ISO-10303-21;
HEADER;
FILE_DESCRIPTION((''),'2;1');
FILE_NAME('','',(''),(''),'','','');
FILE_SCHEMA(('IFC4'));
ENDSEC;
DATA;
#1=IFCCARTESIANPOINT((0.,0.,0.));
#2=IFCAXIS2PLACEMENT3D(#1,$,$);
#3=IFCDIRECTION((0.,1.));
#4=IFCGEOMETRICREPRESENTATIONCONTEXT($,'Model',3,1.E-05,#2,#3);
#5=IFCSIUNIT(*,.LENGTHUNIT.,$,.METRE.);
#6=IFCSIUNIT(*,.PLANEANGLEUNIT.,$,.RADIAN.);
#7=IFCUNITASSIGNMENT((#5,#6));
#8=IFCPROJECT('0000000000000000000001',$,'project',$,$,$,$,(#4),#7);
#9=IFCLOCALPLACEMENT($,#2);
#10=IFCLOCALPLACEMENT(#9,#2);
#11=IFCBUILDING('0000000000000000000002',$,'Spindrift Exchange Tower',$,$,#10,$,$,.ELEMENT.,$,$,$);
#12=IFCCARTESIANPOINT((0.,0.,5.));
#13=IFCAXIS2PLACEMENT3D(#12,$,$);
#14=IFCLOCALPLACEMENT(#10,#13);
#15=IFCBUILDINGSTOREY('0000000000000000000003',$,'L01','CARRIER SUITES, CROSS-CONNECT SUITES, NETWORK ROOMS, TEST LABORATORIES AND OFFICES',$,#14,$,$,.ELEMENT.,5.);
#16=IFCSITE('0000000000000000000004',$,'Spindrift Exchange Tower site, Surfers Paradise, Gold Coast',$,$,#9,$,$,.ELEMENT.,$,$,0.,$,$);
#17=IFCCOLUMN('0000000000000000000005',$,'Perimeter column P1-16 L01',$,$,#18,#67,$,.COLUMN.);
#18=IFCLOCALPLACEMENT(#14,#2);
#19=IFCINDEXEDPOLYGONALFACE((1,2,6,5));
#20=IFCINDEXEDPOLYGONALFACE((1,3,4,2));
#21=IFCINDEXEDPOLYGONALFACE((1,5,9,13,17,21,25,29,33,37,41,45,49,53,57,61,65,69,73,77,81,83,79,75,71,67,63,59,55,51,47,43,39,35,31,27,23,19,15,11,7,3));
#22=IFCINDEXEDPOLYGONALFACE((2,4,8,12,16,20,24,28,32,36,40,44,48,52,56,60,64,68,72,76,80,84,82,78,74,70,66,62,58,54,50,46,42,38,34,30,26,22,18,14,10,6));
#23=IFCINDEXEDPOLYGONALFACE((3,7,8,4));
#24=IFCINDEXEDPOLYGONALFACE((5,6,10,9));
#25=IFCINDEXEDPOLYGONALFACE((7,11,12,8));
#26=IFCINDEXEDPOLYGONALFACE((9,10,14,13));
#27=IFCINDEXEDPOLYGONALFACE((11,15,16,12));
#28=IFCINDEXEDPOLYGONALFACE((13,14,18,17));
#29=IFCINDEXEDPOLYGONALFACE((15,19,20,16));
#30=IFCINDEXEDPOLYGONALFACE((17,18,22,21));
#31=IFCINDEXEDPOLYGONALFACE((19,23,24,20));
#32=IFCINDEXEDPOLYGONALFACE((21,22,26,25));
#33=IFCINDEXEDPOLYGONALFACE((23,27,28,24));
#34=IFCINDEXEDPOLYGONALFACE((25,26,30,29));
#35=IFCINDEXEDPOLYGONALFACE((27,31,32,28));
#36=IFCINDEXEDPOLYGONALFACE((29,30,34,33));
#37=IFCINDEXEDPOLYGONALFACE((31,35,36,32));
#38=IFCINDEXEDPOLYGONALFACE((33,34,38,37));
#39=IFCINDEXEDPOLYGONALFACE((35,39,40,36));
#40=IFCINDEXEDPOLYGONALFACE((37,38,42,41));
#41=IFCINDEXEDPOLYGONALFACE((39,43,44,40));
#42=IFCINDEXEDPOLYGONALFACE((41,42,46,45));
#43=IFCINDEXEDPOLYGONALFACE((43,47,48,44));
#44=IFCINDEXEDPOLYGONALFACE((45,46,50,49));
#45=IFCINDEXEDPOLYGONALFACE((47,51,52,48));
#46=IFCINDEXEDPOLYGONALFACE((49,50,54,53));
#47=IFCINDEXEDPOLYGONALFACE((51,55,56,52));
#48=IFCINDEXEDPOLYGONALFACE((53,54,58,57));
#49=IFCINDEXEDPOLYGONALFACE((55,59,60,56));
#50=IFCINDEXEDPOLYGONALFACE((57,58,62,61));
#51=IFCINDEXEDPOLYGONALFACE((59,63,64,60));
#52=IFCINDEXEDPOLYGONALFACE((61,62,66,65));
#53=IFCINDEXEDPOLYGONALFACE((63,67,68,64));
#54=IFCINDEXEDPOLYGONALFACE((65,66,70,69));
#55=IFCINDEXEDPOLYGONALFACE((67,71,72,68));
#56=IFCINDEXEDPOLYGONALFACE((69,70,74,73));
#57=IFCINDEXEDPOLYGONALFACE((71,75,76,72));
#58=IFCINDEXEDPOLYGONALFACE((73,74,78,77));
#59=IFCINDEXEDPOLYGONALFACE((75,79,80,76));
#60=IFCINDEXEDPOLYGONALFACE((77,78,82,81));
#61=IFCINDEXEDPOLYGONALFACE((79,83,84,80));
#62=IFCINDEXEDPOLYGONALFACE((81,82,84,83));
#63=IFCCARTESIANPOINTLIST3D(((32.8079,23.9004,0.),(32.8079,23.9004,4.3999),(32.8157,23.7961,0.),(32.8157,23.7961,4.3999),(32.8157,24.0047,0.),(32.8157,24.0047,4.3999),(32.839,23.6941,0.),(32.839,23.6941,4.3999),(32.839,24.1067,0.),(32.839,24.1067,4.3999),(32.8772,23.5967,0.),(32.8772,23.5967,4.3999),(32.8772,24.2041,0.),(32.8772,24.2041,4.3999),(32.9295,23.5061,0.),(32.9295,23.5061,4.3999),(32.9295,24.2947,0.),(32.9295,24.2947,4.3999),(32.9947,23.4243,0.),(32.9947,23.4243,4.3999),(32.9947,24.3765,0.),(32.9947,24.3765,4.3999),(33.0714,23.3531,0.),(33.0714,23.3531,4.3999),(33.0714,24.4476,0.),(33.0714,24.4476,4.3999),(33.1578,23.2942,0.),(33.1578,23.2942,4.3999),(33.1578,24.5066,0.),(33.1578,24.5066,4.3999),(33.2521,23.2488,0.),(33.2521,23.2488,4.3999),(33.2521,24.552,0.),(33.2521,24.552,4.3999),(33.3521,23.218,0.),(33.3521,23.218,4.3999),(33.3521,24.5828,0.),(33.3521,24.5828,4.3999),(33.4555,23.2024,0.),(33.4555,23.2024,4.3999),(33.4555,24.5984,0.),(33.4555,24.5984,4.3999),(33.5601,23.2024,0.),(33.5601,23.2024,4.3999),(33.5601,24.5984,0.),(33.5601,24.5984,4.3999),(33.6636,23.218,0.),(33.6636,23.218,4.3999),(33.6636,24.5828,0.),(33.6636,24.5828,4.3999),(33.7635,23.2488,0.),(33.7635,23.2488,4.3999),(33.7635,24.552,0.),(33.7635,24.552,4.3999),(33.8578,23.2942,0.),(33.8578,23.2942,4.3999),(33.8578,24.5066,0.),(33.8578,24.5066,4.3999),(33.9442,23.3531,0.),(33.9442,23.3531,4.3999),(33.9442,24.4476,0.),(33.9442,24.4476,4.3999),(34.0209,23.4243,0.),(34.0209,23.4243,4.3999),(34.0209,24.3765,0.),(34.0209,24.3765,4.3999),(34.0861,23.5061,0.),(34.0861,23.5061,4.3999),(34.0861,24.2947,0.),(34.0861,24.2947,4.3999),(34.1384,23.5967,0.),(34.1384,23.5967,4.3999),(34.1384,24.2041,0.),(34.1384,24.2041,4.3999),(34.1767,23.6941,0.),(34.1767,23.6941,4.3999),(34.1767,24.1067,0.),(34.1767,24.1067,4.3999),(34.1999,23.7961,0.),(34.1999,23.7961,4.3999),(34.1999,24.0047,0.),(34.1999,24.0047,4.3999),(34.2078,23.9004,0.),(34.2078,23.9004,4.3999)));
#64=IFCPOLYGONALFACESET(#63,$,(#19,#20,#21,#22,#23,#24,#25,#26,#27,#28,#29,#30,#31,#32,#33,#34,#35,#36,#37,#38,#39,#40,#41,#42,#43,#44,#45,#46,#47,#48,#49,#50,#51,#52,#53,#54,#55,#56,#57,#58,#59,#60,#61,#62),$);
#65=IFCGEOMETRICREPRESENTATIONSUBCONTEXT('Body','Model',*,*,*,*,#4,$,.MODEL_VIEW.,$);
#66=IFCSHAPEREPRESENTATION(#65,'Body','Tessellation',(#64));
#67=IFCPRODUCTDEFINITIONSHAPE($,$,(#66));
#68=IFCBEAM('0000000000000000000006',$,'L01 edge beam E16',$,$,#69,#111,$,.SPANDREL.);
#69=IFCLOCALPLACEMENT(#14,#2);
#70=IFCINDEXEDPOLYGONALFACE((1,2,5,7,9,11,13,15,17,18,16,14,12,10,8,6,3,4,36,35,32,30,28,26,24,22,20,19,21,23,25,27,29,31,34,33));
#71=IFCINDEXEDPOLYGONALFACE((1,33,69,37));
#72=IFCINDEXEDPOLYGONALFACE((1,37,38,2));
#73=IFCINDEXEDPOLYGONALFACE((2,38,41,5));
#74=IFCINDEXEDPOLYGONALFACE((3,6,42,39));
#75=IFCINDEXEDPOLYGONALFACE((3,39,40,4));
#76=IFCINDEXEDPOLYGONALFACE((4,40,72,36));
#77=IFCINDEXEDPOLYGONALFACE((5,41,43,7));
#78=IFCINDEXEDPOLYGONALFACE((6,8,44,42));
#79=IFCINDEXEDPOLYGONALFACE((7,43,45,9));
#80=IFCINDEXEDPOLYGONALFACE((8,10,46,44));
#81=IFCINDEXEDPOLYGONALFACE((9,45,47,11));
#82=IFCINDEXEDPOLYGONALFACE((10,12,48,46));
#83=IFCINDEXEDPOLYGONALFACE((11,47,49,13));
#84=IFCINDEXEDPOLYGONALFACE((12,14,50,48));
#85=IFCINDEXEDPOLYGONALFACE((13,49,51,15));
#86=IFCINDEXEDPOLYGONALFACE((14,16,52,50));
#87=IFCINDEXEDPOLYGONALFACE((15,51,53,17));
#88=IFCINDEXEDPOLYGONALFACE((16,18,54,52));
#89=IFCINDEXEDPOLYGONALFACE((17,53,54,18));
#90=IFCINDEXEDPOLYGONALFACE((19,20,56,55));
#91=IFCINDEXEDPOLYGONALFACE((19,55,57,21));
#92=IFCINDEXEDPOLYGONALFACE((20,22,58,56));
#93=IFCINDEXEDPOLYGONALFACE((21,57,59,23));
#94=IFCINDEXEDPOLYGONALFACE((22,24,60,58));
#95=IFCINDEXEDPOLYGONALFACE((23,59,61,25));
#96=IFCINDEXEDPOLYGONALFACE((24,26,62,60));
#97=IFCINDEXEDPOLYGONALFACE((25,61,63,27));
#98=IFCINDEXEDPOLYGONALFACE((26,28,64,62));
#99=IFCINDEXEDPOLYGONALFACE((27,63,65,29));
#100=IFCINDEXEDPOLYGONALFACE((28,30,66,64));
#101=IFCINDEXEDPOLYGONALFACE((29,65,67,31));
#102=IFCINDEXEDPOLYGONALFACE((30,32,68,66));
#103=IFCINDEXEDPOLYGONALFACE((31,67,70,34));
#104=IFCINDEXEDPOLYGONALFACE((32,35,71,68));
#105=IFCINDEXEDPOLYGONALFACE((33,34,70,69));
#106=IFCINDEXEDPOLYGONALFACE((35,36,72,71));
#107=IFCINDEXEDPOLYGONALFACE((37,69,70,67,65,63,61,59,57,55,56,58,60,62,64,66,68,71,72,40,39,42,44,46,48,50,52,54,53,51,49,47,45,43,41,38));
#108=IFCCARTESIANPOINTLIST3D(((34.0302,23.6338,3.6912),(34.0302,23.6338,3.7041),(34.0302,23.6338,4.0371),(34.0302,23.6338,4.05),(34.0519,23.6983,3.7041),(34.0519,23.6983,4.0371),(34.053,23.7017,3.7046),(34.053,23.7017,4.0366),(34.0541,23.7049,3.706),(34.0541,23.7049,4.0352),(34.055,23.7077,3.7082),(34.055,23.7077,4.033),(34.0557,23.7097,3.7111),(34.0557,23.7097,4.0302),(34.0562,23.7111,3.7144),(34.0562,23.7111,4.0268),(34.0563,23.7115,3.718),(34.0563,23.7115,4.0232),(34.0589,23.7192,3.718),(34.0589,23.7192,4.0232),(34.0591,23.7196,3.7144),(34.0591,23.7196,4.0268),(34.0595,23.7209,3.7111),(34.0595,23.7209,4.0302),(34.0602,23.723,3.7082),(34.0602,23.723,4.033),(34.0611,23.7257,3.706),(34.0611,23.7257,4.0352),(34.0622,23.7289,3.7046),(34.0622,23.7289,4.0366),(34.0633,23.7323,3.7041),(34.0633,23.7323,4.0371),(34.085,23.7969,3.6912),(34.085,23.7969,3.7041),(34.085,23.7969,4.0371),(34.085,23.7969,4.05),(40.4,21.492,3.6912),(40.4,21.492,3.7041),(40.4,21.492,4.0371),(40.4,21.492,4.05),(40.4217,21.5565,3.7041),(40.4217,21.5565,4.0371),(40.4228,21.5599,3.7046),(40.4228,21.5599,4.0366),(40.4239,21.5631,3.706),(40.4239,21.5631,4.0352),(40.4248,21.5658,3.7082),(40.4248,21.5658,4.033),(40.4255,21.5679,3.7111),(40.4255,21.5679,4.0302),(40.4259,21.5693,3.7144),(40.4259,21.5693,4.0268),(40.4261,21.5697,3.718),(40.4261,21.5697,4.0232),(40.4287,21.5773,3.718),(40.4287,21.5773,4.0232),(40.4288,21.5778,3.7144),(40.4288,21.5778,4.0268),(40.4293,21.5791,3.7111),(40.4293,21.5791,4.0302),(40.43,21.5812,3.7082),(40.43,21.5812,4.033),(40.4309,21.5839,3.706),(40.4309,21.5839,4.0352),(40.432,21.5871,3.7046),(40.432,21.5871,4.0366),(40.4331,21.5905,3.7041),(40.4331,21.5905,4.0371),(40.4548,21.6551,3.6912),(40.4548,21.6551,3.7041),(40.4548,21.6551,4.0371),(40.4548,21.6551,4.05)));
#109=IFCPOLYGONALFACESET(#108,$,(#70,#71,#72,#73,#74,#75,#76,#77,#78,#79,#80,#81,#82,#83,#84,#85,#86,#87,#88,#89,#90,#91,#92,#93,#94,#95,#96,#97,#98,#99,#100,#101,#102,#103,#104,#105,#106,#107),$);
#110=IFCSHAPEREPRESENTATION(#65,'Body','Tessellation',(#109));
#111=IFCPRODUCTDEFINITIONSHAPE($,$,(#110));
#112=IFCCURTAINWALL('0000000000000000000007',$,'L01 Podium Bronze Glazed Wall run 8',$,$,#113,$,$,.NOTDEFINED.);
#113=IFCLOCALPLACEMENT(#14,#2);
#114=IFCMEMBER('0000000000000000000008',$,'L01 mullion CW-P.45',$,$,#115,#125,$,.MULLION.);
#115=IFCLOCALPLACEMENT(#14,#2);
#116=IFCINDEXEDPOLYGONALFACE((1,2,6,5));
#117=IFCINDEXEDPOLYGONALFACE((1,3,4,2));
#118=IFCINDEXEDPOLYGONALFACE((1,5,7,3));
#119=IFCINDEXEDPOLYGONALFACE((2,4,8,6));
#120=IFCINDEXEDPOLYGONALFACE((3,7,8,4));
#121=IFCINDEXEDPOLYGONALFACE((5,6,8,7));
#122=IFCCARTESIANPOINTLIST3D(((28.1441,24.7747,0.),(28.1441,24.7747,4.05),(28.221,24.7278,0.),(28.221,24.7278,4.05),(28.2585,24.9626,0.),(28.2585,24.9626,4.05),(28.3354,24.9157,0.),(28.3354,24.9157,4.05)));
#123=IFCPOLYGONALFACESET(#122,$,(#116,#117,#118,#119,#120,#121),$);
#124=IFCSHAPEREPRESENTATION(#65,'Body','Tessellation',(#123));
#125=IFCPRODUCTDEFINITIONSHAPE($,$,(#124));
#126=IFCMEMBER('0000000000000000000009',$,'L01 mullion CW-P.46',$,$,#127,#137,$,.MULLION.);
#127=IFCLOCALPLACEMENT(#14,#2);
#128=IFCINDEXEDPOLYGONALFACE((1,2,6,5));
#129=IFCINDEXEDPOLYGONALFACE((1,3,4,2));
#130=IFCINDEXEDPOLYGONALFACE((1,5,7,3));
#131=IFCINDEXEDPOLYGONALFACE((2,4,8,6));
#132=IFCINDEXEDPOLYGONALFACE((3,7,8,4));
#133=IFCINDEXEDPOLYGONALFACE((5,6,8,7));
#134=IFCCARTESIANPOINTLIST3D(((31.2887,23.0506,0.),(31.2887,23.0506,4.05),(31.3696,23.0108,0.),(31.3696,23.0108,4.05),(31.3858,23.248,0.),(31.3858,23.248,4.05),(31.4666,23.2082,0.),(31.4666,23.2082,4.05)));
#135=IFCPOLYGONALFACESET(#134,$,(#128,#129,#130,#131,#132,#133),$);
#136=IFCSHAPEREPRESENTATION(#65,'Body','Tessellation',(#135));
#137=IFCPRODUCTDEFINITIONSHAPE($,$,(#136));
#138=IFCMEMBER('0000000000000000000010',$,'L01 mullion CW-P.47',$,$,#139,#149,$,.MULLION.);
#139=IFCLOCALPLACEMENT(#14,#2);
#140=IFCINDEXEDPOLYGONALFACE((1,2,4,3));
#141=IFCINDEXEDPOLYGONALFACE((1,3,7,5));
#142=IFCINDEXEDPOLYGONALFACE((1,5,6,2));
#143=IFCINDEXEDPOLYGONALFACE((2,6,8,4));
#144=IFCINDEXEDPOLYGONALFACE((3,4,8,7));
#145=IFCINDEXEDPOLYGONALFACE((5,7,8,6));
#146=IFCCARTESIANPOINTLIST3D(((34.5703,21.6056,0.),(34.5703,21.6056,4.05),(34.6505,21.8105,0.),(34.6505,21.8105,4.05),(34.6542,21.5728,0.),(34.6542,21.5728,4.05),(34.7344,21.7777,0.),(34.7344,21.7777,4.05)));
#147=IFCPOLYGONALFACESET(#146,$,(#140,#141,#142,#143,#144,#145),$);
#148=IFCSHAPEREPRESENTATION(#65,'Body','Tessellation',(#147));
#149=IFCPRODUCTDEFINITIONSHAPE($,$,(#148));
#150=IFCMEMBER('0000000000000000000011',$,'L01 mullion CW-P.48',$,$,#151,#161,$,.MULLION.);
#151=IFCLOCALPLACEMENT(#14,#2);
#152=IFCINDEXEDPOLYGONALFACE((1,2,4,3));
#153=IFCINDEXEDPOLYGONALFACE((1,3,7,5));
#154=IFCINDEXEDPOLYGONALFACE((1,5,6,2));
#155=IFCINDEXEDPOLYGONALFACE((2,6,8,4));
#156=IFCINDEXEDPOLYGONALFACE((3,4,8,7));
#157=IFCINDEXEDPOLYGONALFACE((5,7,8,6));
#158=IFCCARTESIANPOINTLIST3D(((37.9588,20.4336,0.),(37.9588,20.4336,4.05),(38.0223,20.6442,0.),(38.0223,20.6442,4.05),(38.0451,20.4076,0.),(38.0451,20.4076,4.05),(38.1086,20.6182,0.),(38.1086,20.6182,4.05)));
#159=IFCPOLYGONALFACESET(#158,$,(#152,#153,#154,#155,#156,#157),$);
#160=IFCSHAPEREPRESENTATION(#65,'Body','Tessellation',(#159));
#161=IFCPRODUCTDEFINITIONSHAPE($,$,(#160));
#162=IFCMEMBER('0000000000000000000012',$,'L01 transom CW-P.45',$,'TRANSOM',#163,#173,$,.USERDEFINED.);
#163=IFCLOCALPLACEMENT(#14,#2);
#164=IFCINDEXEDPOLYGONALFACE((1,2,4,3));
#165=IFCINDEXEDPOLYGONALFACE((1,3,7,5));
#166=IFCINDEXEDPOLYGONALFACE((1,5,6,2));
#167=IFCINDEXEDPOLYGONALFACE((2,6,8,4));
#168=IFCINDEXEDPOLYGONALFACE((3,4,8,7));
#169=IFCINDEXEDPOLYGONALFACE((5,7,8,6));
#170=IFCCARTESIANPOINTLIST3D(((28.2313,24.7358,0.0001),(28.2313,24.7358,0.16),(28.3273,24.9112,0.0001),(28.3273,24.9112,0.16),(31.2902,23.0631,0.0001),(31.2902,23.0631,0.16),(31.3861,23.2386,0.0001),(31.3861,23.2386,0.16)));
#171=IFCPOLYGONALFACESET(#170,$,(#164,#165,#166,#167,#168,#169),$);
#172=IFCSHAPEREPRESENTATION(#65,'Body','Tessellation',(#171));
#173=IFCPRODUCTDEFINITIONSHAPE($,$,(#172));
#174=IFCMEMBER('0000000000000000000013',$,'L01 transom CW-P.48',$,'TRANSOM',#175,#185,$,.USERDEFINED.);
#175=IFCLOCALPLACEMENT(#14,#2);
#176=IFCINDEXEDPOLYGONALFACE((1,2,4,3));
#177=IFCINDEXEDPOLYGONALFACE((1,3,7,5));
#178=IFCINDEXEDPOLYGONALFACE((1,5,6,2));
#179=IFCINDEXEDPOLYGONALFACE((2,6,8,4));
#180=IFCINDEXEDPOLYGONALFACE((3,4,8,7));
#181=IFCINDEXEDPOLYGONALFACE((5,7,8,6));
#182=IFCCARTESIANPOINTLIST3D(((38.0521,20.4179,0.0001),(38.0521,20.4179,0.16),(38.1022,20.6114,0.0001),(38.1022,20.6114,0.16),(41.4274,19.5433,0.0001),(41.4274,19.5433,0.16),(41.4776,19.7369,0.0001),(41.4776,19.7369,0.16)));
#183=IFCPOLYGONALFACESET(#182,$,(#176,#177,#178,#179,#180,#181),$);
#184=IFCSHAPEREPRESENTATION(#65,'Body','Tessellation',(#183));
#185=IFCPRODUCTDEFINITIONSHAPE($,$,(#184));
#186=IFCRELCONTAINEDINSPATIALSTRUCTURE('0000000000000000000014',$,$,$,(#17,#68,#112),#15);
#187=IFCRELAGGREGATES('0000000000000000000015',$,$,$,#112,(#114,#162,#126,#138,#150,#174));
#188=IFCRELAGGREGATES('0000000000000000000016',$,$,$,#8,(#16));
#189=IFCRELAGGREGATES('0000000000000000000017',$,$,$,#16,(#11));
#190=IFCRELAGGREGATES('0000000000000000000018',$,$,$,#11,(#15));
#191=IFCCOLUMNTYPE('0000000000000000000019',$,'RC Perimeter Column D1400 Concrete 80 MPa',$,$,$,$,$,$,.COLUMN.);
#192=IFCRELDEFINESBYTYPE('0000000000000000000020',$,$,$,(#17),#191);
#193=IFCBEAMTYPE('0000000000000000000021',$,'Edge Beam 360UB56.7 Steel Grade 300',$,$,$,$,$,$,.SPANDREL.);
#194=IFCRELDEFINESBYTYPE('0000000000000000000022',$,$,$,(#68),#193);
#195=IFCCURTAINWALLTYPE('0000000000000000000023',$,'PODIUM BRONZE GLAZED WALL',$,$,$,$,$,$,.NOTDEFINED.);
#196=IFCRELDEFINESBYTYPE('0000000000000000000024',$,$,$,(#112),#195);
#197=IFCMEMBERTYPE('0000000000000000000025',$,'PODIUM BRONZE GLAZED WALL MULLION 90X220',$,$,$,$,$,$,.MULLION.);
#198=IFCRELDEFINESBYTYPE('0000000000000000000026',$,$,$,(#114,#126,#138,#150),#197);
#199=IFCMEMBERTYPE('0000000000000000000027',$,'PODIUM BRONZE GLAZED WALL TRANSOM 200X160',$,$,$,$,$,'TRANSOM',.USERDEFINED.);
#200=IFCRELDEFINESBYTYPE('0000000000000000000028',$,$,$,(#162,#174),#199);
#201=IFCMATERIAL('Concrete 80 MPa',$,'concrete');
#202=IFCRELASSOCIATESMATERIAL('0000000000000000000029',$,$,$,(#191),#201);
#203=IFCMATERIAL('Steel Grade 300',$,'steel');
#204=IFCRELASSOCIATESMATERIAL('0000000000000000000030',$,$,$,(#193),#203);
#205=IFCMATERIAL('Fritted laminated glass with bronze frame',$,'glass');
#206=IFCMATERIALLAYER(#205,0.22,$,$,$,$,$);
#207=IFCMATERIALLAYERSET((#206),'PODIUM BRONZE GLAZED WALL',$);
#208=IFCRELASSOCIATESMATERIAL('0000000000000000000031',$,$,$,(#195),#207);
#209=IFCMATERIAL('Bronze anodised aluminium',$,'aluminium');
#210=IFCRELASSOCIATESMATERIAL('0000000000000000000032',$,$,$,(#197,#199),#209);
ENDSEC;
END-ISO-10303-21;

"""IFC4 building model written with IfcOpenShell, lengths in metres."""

from ifc_helpers import new_model, si_unit, direction, frame, origin, origin_2d, place, context, subcontext, project, spatial, rectangle, circle, i_section, extrude, source, transform, mapped, material, layer, layer_set, material_profile, profile_set, type_object, element, aggregate, save


model = new_model("IFC4")

# Units and contexts
model_context = context("Model", 3, precision=1e-05, world=origin(), true_north=direction((0.0, 1.0)))
body_context = subcontext(model_context, "Body", "Model", "MODEL_VIEW")
ifc_project = project(units=[si_unit("LENGTHUNIT", "METRE"), si_unit("PLANEANGLEUNIT", "RADIAN")], contexts=[model_context])

# Site, building, storey
site_placement = place(None, origin())
site = spatial("IfcSite", under=ifc_project, at=site_placement, Name="Spindrift Exchange Tower site, Surfers Paradise, Gold Coast", CompositionType="ELEMENT", RefElevation=0.0)
building_placement = place(site_placement, origin())
building = spatial("IfcBuilding", under=site, at=building_placement, Name="Spindrift Exchange Tower", CompositionType="ELEMENT")
storey_placement = place(building_placement, frame((0.0, 0.0, 5.0)))
storey = spatial("IfcBuildingStorey", under=building, at=storey_placement, Name="L01", Description="CARRIER SUITES, CROSS-CONNECT SUITES, NETWORK ROOMS, TEST LABORATORIES AND OFFICES", CompositionType="ELEMENT", Elevation=5.0)

# Column
ifc_material_1 = material(Name="Concrete 80 MPa", Category="concrete")
ifc_material_profile_1 = material_profile(ifc_material_1, circle(Radius=0.7, at=origin_2d()), Name="RC D1400")
ifc_profile_set_1 = profile_set([ifc_material_profile_1], Name="Concrete 80 MPa")
column_type = type_object("IfcColumnType", Name="RC Perimeter Column D1400 Concrete 80 MPa", PredefinedType="COLUMN", material=ifc_profile_set_1)
shared_shape_1 = source(origin(), body_context, "Body", "SweptSolid", [
    extrude(circle(Radius=0.7, at=origin_2d()), origin(), (0.0, 0.0, 1.0), 4.3999),
])
column_placement = place(storey_placement, frame((33.5078, 23.9004, 0.0), z_axis=(0.0, 0.0, 1.0), x_axis=(1.0, 0.0, 0.0)))
element("IfcColumn", 1, at=column_placement, inside=storey, type_object=column_type, Name="Perimeter column P1-16 L01", PredefinedType="COLUMN", context=body_context, shape_type="MappedRepresentation", body=[
    mapped(shared_shape_1, transform((0.0, 0.0, 0.0), scale=1.0)),
])

# Beam
ifc_material_2 = material(Name="Steel Grade 300", Category="steel")
ifc_material_profile_2 = material_profile(ifc_material_2, i_section(OverallWidth=0.1721, OverallDepth=0.3589, WebThickness=0.0081, FlangeThickness=0.0129, FilletRadius=0.0139, at=origin_2d()), Name="360UB56.7")
ifc_profile_set_2 = profile_set([ifc_material_profile_2], Name="Steel Grade 300")
beam_type = type_object("IfcBeamType", Name="Edge Beam 360UB56.7 Steel Grade 300", PredefinedType="SPANDREL", material=ifc_profile_set_2)
shared_shape_2 = source(origin(), body_context, "Body", "SweptSolid", [
    extrude(i_section(OverallWidth=0.1721, OverallDepth=0.3589, WebThickness=0.0081, FlangeThickness=0.0129, FilletRadius=0.0139, at=origin_2d()), origin(), (0.0, 0.0, 1.0), 6.7202),
])
beam_placement = place(storey_placement, frame((34.0576, 23.7153, 3.8706), z_axis=(0.947852, -0.318712, 0.0), x_axis=(0.318712, 0.947852, 0.0)))
element("IfcBeam", 2, at=beam_placement, inside=storey, type_object=beam_type, Name="L01 edge beam E16", PredefinedType="SPANDREL", context=body_context, shape_type="MappedRepresentation", body=[
    mapped(shared_shape_2, transform((0.0, 0.0, 0.0), scale=1.0)),
])

# Curtain wall, members
ifc_material_3 = material(Name="Fritted laminated glass with bronze frame", Category="glass")
ifc_layer_1 = layer(ifc_material_3, 0.22)
ifc_layer_set_1 = layer_set([ifc_layer_1], Name="PODIUM BRONZE GLAZED WALL")
curtain_wall_type = type_object("IfcCurtainWallType", Name="PODIUM BRONZE GLAZED WALL", PredefinedType="NOTDEFINED", material=ifc_layer_set_1)
curtain_wall_placement = place(storey_placement, origin())
curtain_wall = element("IfcCurtainWall", 3, at=curtain_wall_placement, inside=storey, type_object=curtain_wall_type, Name="L01 Podium Bronze Glazed Wall run 8", PredefinedType="NOTDEFINED")
ifc_material_4 = material(Name="Bronze anodised aluminium", Category="aluminium")
ifc_material_profile_3 = material_profile(ifc_material_4, rectangle(XDim=0.0901, YDim=0.22, at=origin_2d()), Name="PODIUM BRONZE GLAZED WALL MULLION 90X220")
ifc_profile_set_3 = profile_set([ifc_material_profile_3], Name="Bronze anodised aluminium")
member_type_1 = type_object("IfcMemberType", Name="PODIUM BRONZE GLAZED WALL MULLION 90X220", PredefinedType="MULLION", material=ifc_profile_set_3)
shared_shape_3 = source(origin(), body_context, "Body", "SweptSolid", [
    extrude(rectangle(XDim=0.0901, YDim=0.22, at=origin_2d()), origin(), (0.0, 0.0, 1.0), 4.05),
])
member_1_placement = place(storey_placement, frame((28.2397, 24.8452, 0.0), z_axis=(0.0, 0.0, 1.0), x_axis=(0.854176, -0.519984, 0.0)))
member_1 = element("IfcMember", 4, at=member_1_placement, type_object=member_type_1, Name="L01 mullion CW-P.45", PredefinedType="MULLION", context=body_context, shape_type="MappedRepresentation", body=[
    mapped(shared_shape_3, transform((0.0, 0.0, 0.0), scale=1.0)),
])
member_2_placement = place(storey_placement, frame((31.3777, 23.1294, 0.0), z_axis=(0.0, 0.0, 1.0), x_axis=(0.897366, -0.441288, 0.0)))
member_2 = element("IfcMember", 5, at=member_2_placement, type_object=member_type_1, Name="L01 mullion CW-P.46", PredefinedType="MULLION", context=body_context, shape_type="MappedRepresentation", body=[
    mapped(shared_shape_3, transform((0.0, 0.0, 0.0), scale=1.0)),
])
member_3_placement = place(storey_placement, frame((34.6523, 21.6917, 0.0), z_axis=(0.0, 0.0, 1.0), x_axis=(0.9313, -0.364252, 0.0)))
member_3 = element("IfcMember", 6, at=member_3_placement, type_object=member_type_1, Name="L01 mullion CW-P.47", PredefinedType="MULLION", context=body_context, shape_type="MappedRepresentation", body=[
    mapped(shared_shape_3, transform((0.0, 0.0, 0.0), scale=1.0)),
])
member_4_placement = place(storey_placement, frame((38.0337, 20.5259, 0.0), z_axis=(0.0, 0.0, 1.0), x_axis=(0.957447, -0.288608, 0.0)))
member_4 = element("IfcMember", 7, at=member_4_placement, type_object=member_type_1, Name="L01 mullion CW-P.48", PredefinedType="MULLION", context=body_context, shape_type="MappedRepresentation", body=[
    mapped(shared_shape_3, transform((0.0, 0.0, 0.0), scale=1.0)),
])
ifc_material_profile_4 = material_profile(ifc_material_4, rectangle(XDim=0.2, YDim=0.1599, at=origin_2d()), Name="PODIUM BRONZE GLAZED WALL TRANSOM 200X160")
ifc_profile_set_4 = profile_set([ifc_material_profile_4], Name="Bronze anodised aluminium")
member_type_2 = type_object("IfcMemberType", Name="PODIUM BRONZE GLAZED WALL TRANSOM 200X160", ElementType="TRANSOM", PredefinedType="USERDEFINED", material=ifc_profile_set_4)
shared_shape_4 = source(origin(), body_context, "Body", "SweptSolid", [
    extrude(rectangle(XDim=0.2, YDim=0.1599, at=origin_2d()), origin(), (0.0, 0.0, 1.0), 3.4863),
])
member_5_placement = place(storey_placement, frame((28.2793, 24.8235, 0.0801), z_axis=(0.877395, -0.479769, 0.0), x_axis=(0.479769, 0.877395, 0.0)))
member_5 = element("IfcMember", 8, at=member_5_placement, type_object=member_type_2, Name="L01 transom CW-P.45", ObjectType="TRANSOM", PredefinedType="USERDEFINED", context=body_context, shape_type="MappedRepresentation", body=[
    mapped(shared_shape_4, transform((0.0, 0.0, 0.0), scale=1.0)),
])
shared_shape_5 = source(origin(), body_context, "Body", "SweptSolid", [
    extrude(rectangle(XDim=0.2, YDim=0.1599, at=origin_2d()), origin(), (0.0, 0.0, 1.0), 3.4868),
])
member_6_placement = place(storey_placement, frame((38.0771, 20.5146, 0.0801), z_axis=(0.968035, -0.250814, 0.0), x_axis=(0.250814, 0.968035, 0.0)))
member_6 = element("IfcMember", 9, at=member_6_placement, type_object=member_type_2, Name="L01 transom CW-P.48", ObjectType="TRANSOM", PredefinedType="USERDEFINED", context=body_context, shape_type="MappedRepresentation", body=[
    mapped(shared_shape_5, transform((0.0, 0.0, 0.0), scale=1.0)),
])
aggregate(curtain_wall, [member_1, member_5, member_2, member_3, member_4, member_6])

save(model, "model.ifc")
